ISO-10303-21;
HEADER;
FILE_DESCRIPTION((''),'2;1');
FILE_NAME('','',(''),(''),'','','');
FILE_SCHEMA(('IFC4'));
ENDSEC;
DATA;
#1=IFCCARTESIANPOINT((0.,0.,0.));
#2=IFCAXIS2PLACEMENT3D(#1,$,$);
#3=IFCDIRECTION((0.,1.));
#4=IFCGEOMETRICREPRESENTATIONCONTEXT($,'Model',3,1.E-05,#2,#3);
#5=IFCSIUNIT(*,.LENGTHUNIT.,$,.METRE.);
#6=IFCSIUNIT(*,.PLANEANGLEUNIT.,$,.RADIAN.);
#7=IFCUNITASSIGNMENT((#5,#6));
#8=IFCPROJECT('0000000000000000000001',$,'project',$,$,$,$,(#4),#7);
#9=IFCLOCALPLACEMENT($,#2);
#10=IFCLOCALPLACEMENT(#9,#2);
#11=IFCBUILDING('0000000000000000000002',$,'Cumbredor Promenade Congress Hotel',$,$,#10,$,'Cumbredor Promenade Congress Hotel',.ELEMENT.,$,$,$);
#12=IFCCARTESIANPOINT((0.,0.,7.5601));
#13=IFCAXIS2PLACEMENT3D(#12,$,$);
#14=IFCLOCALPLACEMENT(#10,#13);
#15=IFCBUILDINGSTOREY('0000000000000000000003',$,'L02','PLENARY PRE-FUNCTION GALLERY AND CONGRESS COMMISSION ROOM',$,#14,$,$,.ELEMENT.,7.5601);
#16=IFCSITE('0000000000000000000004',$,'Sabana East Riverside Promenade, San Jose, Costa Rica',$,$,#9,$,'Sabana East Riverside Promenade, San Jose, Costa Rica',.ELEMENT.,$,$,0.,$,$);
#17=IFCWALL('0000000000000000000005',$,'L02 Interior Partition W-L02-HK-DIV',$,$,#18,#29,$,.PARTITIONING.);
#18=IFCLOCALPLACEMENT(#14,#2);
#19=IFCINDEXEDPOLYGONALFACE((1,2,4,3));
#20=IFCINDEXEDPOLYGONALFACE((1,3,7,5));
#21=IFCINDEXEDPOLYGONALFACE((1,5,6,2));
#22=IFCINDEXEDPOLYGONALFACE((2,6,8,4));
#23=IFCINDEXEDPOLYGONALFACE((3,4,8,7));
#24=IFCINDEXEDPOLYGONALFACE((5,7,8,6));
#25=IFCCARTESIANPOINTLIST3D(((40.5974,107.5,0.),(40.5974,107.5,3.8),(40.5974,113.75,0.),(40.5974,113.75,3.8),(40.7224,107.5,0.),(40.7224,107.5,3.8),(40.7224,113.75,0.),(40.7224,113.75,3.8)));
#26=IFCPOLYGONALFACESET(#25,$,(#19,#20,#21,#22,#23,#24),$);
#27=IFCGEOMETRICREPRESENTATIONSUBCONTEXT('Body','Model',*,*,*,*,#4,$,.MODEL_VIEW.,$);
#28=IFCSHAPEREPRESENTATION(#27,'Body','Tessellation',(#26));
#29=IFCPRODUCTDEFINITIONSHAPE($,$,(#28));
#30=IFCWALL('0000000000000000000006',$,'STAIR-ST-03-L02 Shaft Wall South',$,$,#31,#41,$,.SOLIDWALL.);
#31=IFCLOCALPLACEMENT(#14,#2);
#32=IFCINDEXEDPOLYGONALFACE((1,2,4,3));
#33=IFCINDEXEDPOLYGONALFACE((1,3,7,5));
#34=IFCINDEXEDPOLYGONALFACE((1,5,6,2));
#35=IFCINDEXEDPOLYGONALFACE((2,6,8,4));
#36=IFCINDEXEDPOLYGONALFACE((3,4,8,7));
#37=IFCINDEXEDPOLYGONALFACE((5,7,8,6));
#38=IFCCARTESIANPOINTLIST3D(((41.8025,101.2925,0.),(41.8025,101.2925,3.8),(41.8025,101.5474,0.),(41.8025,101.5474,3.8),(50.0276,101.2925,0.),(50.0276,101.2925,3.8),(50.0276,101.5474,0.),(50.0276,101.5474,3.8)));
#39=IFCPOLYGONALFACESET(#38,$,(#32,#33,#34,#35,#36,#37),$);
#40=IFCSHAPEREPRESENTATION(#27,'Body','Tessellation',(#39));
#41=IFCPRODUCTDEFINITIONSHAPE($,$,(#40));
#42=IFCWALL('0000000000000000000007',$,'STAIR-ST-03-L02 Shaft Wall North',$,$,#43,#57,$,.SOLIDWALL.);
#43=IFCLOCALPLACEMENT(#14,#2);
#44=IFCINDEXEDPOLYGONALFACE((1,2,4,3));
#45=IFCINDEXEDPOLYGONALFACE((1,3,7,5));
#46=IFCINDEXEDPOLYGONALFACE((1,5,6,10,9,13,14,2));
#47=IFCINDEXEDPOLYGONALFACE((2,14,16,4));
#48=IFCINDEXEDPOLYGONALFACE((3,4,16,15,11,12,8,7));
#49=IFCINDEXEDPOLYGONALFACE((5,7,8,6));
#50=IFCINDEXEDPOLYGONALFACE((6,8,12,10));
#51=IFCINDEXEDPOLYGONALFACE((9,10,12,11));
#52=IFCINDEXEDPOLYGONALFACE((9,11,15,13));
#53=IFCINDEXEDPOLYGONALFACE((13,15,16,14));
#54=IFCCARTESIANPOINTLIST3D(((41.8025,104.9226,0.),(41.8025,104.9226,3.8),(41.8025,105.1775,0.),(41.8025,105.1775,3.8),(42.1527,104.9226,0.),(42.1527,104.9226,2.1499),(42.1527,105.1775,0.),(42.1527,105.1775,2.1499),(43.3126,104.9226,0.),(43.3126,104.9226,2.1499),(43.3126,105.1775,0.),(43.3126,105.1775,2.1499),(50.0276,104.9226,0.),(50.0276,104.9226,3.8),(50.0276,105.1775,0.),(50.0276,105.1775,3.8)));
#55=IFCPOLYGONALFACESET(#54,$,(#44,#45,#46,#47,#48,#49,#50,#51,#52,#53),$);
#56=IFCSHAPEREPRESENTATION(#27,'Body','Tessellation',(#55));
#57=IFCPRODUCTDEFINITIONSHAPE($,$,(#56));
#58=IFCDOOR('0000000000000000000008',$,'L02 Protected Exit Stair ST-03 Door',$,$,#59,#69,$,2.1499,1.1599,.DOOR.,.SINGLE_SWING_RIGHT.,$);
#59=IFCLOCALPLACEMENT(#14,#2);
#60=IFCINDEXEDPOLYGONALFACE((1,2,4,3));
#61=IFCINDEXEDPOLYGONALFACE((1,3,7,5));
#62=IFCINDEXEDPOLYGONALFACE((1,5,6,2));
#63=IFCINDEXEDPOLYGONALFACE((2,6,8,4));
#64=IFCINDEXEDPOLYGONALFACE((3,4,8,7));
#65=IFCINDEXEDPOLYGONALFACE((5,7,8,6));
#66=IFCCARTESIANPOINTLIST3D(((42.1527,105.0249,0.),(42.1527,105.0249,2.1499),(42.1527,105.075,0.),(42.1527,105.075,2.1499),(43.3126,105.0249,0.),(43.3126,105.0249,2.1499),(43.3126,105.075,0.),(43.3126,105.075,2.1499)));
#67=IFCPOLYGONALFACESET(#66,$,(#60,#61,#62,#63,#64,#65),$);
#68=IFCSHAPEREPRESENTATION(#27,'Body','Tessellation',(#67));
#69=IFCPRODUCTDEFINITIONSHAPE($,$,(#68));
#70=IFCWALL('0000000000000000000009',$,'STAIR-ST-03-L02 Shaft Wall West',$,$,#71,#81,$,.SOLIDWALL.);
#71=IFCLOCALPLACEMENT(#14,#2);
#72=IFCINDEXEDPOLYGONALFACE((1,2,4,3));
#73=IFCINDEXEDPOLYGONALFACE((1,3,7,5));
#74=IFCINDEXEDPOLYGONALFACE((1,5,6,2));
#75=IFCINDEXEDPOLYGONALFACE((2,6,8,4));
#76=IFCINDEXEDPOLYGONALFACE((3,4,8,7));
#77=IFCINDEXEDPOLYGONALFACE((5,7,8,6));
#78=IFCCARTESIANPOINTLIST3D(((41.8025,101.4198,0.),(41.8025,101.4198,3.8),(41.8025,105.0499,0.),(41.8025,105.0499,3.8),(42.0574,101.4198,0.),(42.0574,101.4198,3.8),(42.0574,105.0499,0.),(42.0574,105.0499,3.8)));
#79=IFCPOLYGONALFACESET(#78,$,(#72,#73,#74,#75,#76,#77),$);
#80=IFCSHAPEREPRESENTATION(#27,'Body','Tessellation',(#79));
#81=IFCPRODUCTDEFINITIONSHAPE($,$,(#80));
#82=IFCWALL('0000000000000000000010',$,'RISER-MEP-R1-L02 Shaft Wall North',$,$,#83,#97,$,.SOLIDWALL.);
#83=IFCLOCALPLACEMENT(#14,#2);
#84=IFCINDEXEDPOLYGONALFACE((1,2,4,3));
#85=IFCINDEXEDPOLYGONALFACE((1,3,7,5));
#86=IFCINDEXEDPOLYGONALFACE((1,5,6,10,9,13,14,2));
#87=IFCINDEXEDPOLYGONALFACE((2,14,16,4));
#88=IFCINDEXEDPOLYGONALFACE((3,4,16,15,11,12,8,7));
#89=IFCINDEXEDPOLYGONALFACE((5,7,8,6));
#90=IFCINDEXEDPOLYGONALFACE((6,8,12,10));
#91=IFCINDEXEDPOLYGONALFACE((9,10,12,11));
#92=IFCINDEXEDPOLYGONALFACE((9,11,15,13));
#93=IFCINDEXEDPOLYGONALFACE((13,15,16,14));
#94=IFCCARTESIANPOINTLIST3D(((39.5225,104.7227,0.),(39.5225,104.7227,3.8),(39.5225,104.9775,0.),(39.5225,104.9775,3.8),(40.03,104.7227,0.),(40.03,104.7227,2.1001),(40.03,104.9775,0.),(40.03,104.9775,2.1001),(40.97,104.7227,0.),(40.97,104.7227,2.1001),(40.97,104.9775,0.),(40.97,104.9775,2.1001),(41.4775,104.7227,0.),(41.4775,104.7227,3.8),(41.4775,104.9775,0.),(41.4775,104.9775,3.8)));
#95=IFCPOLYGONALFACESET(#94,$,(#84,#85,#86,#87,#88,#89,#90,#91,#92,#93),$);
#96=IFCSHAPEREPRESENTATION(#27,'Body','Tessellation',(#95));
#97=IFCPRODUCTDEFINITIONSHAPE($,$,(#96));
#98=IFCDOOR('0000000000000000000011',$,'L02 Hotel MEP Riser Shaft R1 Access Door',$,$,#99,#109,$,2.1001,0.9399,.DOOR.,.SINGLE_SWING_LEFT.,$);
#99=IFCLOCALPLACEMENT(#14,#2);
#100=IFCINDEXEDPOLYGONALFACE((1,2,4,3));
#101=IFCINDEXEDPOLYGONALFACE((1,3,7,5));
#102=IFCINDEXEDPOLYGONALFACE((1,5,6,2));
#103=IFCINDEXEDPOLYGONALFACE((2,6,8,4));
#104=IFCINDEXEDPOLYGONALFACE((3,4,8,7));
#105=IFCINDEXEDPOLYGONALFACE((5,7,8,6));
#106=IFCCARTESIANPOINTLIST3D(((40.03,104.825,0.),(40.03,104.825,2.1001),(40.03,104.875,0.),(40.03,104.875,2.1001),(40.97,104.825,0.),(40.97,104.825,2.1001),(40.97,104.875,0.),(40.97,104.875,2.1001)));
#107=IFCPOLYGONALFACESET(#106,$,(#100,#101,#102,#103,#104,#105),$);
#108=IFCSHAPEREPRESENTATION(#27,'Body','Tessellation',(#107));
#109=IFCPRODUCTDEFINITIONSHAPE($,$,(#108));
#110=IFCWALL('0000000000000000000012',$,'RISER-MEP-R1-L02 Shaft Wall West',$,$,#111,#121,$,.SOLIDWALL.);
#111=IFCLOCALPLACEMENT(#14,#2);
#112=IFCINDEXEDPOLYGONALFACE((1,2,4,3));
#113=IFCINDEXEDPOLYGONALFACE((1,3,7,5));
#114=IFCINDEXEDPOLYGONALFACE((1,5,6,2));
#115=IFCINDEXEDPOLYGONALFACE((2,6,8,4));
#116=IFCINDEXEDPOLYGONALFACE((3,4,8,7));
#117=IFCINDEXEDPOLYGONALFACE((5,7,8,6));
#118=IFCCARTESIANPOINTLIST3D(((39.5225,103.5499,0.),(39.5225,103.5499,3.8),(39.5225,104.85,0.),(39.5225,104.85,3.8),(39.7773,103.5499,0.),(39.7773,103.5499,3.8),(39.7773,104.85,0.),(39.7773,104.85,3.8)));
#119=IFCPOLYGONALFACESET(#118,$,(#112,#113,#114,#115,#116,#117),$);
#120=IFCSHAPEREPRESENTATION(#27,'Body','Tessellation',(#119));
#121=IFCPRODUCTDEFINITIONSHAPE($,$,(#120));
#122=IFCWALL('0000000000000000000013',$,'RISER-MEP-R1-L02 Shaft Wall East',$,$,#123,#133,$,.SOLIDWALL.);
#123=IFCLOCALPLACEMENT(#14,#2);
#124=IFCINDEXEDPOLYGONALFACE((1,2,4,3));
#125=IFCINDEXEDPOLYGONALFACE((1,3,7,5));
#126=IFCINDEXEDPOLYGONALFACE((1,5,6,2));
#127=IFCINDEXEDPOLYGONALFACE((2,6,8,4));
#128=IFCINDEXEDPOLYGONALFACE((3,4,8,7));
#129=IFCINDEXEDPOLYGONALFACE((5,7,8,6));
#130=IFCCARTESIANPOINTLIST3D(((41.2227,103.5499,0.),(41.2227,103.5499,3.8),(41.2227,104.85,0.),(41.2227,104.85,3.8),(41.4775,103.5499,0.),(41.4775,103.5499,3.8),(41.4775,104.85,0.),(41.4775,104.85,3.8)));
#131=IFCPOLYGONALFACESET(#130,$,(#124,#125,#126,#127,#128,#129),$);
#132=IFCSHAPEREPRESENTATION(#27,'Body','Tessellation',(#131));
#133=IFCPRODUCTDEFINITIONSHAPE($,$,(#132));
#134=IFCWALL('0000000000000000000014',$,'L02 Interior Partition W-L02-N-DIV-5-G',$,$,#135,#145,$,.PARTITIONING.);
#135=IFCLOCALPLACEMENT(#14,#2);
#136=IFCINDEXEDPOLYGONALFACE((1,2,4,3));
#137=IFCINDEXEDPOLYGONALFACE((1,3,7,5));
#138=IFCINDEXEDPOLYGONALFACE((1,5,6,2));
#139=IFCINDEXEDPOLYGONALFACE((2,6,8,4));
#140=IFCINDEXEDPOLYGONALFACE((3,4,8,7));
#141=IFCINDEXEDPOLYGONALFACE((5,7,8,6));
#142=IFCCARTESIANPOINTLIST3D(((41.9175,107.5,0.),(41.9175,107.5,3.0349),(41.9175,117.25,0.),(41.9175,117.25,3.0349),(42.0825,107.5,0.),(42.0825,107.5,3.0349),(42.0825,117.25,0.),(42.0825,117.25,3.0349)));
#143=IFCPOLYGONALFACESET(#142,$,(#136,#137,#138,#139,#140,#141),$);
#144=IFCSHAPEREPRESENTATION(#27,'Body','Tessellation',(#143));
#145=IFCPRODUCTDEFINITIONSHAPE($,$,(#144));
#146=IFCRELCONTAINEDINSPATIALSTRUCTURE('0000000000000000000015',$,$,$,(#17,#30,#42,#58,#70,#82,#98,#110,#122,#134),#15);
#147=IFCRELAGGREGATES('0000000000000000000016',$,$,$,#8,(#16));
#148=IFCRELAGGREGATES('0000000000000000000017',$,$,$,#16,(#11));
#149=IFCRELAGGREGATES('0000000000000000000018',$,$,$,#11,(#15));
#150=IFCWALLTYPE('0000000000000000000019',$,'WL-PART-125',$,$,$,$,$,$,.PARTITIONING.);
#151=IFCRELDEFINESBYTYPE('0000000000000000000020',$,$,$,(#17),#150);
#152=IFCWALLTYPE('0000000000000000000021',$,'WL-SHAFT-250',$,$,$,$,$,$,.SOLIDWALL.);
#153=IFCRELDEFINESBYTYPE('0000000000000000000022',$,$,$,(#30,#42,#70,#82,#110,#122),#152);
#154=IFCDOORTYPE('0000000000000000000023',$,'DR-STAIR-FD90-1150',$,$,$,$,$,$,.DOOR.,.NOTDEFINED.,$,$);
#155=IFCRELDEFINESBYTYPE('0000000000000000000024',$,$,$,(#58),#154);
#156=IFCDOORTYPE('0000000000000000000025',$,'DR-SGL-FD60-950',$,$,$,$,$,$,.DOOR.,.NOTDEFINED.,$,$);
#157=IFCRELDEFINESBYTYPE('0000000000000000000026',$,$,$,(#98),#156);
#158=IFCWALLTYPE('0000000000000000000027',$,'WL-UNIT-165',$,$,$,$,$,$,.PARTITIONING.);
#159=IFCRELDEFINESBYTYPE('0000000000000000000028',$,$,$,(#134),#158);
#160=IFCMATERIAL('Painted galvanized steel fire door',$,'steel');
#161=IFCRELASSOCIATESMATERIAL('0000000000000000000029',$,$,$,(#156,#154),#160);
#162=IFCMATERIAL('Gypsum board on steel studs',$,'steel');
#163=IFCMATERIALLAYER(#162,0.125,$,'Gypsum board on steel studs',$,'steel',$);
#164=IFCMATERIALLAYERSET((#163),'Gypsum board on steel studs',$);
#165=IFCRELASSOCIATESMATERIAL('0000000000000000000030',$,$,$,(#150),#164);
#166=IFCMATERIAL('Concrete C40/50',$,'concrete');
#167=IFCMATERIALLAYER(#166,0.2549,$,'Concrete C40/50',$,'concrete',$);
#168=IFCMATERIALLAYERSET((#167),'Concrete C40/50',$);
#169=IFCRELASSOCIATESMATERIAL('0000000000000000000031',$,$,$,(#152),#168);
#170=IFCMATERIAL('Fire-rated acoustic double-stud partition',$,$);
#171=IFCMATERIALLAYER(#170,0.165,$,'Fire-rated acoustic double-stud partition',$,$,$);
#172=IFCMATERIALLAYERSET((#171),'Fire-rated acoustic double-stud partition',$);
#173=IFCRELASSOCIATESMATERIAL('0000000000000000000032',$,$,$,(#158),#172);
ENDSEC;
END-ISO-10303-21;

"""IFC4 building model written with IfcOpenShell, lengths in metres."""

from ifc_helpers import new_model, si_unit, direction, frame, frame_2d, origin, place, context, subcontext, project, spatial, rectangle, extrude, material, layer, layer_set, type_object, element, fill, save


model = new_model("IFC4")

# Units and contexts
model_context = context("Model", 3, precision=1e-05, world=origin(), true_north=direction((0.0, 1.0)))
body_context = subcontext(model_context, "Body", "Model", "MODEL_VIEW")
ifc_project = project(units=[si_unit("LENGTHUNIT", "METRE"), si_unit("PLANEANGLEUNIT", "RADIAN")], contexts=[model_context])

# Site, building, storey
site_placement = place(None, origin())
site = spatial("IfcSite", under=ifc_project, at=site_placement, Name="Sabana East Riverside Promenade, San Jose, Costa Rica", LongName="Sabana East Riverside Promenade, San Jose, Costa Rica", CompositionType="ELEMENT", RefElevation=0.0)
building_placement = place(site_placement, origin())
building = spatial("IfcBuilding", under=site, at=building_placement, Name="Cumbredor Promenade Congress Hotel", LongName="Cumbredor Promenade Congress Hotel", CompositionType="ELEMENT")
storey_placement = place(building_placement, frame((0.0, 0.0, 7.5601)))
storey = spatial("IfcBuildingStorey", under=building, at=storey_placement, Name="L02", Description="PLENARY PRE-FUNCTION GALLERY AND CONGRESS COMMISSION ROOM", CompositionType="ELEMENT", Elevation=7.5601)

# Shared definitions
ifc_material_1 = material(Name="Painted galvanized steel fire door", Category="steel")
door_type_1 = type_object("IfcDoorType", Name="DR-SGL-FD60-950", OperationType="NOTDEFINED", PredefinedType="DOOR", material=ifc_material_1)

# Walls
ifc_material_2 = material(Name="Gypsum board on steel studs", Category="steel")
ifc_layer_1 = layer(ifc_material_2, 0.125, Name="Gypsum board on steel studs", Category="steel")
ifc_layer_set_1 = layer_set([ifc_layer_1], Name="Gypsum board on steel studs")
wall_type_1 = type_object("IfcWallType", Name="WL-PART-125", PredefinedType="PARTITIONING", material=ifc_layer_set_1)
wall_1_placement = place(storey_placement, frame((40.6599, 107.5, 0.0), z_axis=(0.0, 0.0, 1.0), x_axis=(0.0, 1.0, 0.0)))
element("IfcWall", 1, at=wall_1_placement, inside=storey, type_object=wall_type_1, Name="L02 Interior Partition W-L02-HK-DIV", PredefinedType="PARTITIONING", context=body_context, shape_type="SweptSolid", body=[
    extrude(rectangle(XDim=6.25, YDim=0.125, at=frame_2d((3.125, 0.0))), origin(), (0.0, 0.0, 1.0), 3.8),
])
ifc_material_3 = material(Name="Concrete C40/50", Category="concrete")
ifc_layer_2 = layer(ifc_material_3, 0.2549, Name="Concrete C40/50", Category="concrete")
ifc_layer_set_2 = layer_set([ifc_layer_2], Name="Concrete C40/50")
wall_type_2 = type_object("IfcWallType", Name="WL-SHAFT-250", PredefinedType="SOLIDWALL", material=ifc_layer_set_2)
wall_2_placement = place(storey_placement, frame((41.8025, 101.4199, 0.0), z_axis=(0.0, 0.0, 1.0), x_axis=(1.0, 0.0, 0.0)))
element("IfcWall", 2, at=wall_2_placement, inside=storey, type_object=wall_type_2, Name="STAIR-ST-03-L02 Shaft Wall South", PredefinedType="SOLIDWALL", context=body_context, shape_type="SweptSolid", body=[
    extrude(rectangle(XDim=8.2251, YDim=0.2549, at=frame_2d((4.1125, 0.0))), origin(), (0.0, 0.0, 1.0), 3.8),
])

# Wall, opening, door
wall_3_placement = place(storey_placement, frame((41.8025, 105.05, 0.0), z_axis=(0.0, 0.0, 1.0), x_axis=(1.0, 0.0, 0.0)))
wall_3 = element("IfcWall", 3, at=wall_3_placement, inside=storey, type_object=wall_type_2, Name="STAIR-ST-03-L02 Shaft Wall North", PredefinedType="SOLIDWALL", context=body_context, shape_type="SweptSolid", body=[
    extrude(rectangle(XDim=8.2251, YDim=0.2549, at=frame_2d((4.1125, 0.0))), origin(), (0.0, 0.0, 1.0), 3.8),
])
opening_1_placement = place(wall_3_placement, frame((0.3501, 0.0, 0.0)))
opening_1 = element("IfcOpeningElement", 4, at=opening_1_placement, cuts=wall_3, PredefinedType="OPENING", context=body_context, shape_type="SweptSolid", body=[
    extrude(rectangle(XDim=1.1599, YDim=2.1499, at=frame_2d((0.5801, 1.075))), frame((0.0, 0.1375, 0.0), z_axis=(0.0, -1.0, 0.0), x_axis=(1.0, 0.0, 0.0)), (0.0, 0.0, 1.0), 0.2749),
])
door_type_2 = type_object("IfcDoorType", Name="DR-STAIR-FD90-1150", OperationType="NOTDEFINED", PredefinedType="DOOR", material=ifc_material_1)
door_1_placement = place(opening_1_placement, origin())
door_1 = element("IfcDoor", 5, at=door_1_placement, inside=storey, type_object=door_type_2, Name="L02 Protected Exit Stair ST-03 Door", OperationType="SINGLE_SWING_RIGHT", OverallHeight=2.1499, OverallWidth=1.1599, PredefinedType="DOOR", context=body_context, shape_type="SweptSolid", body=[
    extrude(rectangle(XDim=1.1599, YDim=2.1499, at=frame_2d((0.5801, 1.075))), frame((0.0, 0.0249, 0.0), z_axis=(0.0, -1.0, 0.0), x_axis=(1.0, 0.0, 0.0)), (0.0, 0.0, 1.0), 0.05),
])
fill(opening_1, door_1)

# Wall
wall_4_placement = place(storey_placement, frame((41.9299, 101.4199, 0.0), z_axis=(0.0, 0.0, 1.0), x_axis=(0.0, 1.0, 0.0)))
element("IfcWall", 6, at=wall_4_placement, inside=storey, type_object=wall_type_2, Name="STAIR-ST-03-L02 Shaft Wall West", PredefinedType="SOLIDWALL", context=body_context, shape_type="SweptSolid", body=[
    extrude(rectangle(XDim=3.6301, YDim=0.2549, at=frame_2d((1.8149, 0.0))), origin(), (0.0, 0.0, 1.0), 3.8),
])

# Wall, opening, door
wall_5_placement = place(storey_placement, frame((39.5225, 104.8501, 0.0), z_axis=(0.0, 0.0, 1.0), x_axis=(1.0, 0.0, 0.0)))
wall_5 = element("IfcWall", 7, at=wall_5_placement, inside=storey, type_object=wall_type_2, Name="RISER-MEP-R1-L02 Shaft Wall North", PredefinedType="SOLIDWALL", context=body_context, shape_type="SweptSolid", body=[
    extrude(rectangle(XDim=1.9551, YDim=0.2549, at=frame_2d((0.9775, 0.0))), origin(), (0.0, 0.0, 1.0), 3.8),
])
opening_2_placement = place(wall_5_placement, frame((0.5076, 0.0, 0.0)))
opening_2 = element("IfcOpeningElement", 8, at=opening_2_placement, cuts=wall_5, PredefinedType="OPENING", context=body_context, shape_type="SweptSolid", body=[
    extrude(rectangle(XDim=0.9399, YDim=2.1001, at=frame_2d((0.47, 1.05))), frame((0.0, 0.1375, 0.0), z_axis=(0.0, -1.0, 0.0), x_axis=(1.0, 0.0, 0.0)), (0.0, 0.0, 1.0), 0.2749),
])
door_2_placement = place(opening_2_placement, origin())
door_2 = element("IfcDoor", 9, at=door_2_placement, inside=storey, type_object=door_type_1, Name="L02 Hotel MEP Riser Shaft R1 Access Door", OperationType="SINGLE_SWING_LEFT", OverallHeight=2.1001, OverallWidth=0.9399, PredefinedType="DOOR", context=body_context, shape_type="SweptSolid", body=[
    extrude(rectangle(XDim=0.9399, YDim=2.1001, at=frame_2d((0.47, 1.05))), frame((0.0, 0.0249, 0.0), z_axis=(0.0, -1.0, 0.0), x_axis=(1.0, 0.0, 0.0)), (0.0, 0.0, 1.0), 0.05),
])
fill(opening_2, door_2)

# Walls
for number, where, z_axis, x_axis, name in (
    (10, (39.6499, 103.55, 0.0), (0.0, 0.0, 1.0), (0.0, 1.0, 0.0), "RISER-MEP-R1-L02 Shaft Wall West"),
    (11, (41.3501, 103.55, 0.0), (0.0, 0.0, 1.0), (0.0, 1.0, 0.0), "RISER-MEP-R1-L02 Shaft Wall East"),
):
    element("IfcWall", number, at=place(storey_placement, frame(where, z_axis=z_axis, x_axis=x_axis)), inside=storey, type_object=wall_type_2, Name=name, PredefinedType="SOLIDWALL", context=body_context, shape_type="SweptSolid", body=[
        extrude(rectangle(XDim=1.3, YDim=0.2549, at=frame_2d((0.6499, 0.0))), origin(), (0.0, 0.0, 1.0), 3.8),
    ])
ifc_material_4 = material(Name="Fire-rated acoustic double-stud partition")
ifc_layer_3 = layer(ifc_material_4, 0.165, Name="Fire-rated acoustic double-stud partition")
ifc_layer_set_3 = layer_set([ifc_layer_3], Name="Fire-rated acoustic double-stud partition")
wall_type_3 = type_object("IfcWallType", Name="WL-UNIT-165", PredefinedType="PARTITIONING", material=ifc_layer_set_3)
wall_6_placement = place(storey_placement, frame((42.0, 107.5, 0.0), z_axis=(0.0, 0.0, 1.0), x_axis=(0.0, 1.0, 0.0)))
element("IfcWall", 12, at=wall_6_placement, inside=storey, type_object=wall_type_3, Name="L02 Interior Partition W-L02-N-DIV-5-G", PredefinedType="PARTITIONING", context=body_context, shape_type="SweptSolid", body=[
    extrude(rectangle(XDim=9.75, YDim=0.165, at=frame_2d((4.875, 0.0))), origin(), (0.0, 0.0, 1.0), 3.0349),
])

save(model, "model.ifc")
